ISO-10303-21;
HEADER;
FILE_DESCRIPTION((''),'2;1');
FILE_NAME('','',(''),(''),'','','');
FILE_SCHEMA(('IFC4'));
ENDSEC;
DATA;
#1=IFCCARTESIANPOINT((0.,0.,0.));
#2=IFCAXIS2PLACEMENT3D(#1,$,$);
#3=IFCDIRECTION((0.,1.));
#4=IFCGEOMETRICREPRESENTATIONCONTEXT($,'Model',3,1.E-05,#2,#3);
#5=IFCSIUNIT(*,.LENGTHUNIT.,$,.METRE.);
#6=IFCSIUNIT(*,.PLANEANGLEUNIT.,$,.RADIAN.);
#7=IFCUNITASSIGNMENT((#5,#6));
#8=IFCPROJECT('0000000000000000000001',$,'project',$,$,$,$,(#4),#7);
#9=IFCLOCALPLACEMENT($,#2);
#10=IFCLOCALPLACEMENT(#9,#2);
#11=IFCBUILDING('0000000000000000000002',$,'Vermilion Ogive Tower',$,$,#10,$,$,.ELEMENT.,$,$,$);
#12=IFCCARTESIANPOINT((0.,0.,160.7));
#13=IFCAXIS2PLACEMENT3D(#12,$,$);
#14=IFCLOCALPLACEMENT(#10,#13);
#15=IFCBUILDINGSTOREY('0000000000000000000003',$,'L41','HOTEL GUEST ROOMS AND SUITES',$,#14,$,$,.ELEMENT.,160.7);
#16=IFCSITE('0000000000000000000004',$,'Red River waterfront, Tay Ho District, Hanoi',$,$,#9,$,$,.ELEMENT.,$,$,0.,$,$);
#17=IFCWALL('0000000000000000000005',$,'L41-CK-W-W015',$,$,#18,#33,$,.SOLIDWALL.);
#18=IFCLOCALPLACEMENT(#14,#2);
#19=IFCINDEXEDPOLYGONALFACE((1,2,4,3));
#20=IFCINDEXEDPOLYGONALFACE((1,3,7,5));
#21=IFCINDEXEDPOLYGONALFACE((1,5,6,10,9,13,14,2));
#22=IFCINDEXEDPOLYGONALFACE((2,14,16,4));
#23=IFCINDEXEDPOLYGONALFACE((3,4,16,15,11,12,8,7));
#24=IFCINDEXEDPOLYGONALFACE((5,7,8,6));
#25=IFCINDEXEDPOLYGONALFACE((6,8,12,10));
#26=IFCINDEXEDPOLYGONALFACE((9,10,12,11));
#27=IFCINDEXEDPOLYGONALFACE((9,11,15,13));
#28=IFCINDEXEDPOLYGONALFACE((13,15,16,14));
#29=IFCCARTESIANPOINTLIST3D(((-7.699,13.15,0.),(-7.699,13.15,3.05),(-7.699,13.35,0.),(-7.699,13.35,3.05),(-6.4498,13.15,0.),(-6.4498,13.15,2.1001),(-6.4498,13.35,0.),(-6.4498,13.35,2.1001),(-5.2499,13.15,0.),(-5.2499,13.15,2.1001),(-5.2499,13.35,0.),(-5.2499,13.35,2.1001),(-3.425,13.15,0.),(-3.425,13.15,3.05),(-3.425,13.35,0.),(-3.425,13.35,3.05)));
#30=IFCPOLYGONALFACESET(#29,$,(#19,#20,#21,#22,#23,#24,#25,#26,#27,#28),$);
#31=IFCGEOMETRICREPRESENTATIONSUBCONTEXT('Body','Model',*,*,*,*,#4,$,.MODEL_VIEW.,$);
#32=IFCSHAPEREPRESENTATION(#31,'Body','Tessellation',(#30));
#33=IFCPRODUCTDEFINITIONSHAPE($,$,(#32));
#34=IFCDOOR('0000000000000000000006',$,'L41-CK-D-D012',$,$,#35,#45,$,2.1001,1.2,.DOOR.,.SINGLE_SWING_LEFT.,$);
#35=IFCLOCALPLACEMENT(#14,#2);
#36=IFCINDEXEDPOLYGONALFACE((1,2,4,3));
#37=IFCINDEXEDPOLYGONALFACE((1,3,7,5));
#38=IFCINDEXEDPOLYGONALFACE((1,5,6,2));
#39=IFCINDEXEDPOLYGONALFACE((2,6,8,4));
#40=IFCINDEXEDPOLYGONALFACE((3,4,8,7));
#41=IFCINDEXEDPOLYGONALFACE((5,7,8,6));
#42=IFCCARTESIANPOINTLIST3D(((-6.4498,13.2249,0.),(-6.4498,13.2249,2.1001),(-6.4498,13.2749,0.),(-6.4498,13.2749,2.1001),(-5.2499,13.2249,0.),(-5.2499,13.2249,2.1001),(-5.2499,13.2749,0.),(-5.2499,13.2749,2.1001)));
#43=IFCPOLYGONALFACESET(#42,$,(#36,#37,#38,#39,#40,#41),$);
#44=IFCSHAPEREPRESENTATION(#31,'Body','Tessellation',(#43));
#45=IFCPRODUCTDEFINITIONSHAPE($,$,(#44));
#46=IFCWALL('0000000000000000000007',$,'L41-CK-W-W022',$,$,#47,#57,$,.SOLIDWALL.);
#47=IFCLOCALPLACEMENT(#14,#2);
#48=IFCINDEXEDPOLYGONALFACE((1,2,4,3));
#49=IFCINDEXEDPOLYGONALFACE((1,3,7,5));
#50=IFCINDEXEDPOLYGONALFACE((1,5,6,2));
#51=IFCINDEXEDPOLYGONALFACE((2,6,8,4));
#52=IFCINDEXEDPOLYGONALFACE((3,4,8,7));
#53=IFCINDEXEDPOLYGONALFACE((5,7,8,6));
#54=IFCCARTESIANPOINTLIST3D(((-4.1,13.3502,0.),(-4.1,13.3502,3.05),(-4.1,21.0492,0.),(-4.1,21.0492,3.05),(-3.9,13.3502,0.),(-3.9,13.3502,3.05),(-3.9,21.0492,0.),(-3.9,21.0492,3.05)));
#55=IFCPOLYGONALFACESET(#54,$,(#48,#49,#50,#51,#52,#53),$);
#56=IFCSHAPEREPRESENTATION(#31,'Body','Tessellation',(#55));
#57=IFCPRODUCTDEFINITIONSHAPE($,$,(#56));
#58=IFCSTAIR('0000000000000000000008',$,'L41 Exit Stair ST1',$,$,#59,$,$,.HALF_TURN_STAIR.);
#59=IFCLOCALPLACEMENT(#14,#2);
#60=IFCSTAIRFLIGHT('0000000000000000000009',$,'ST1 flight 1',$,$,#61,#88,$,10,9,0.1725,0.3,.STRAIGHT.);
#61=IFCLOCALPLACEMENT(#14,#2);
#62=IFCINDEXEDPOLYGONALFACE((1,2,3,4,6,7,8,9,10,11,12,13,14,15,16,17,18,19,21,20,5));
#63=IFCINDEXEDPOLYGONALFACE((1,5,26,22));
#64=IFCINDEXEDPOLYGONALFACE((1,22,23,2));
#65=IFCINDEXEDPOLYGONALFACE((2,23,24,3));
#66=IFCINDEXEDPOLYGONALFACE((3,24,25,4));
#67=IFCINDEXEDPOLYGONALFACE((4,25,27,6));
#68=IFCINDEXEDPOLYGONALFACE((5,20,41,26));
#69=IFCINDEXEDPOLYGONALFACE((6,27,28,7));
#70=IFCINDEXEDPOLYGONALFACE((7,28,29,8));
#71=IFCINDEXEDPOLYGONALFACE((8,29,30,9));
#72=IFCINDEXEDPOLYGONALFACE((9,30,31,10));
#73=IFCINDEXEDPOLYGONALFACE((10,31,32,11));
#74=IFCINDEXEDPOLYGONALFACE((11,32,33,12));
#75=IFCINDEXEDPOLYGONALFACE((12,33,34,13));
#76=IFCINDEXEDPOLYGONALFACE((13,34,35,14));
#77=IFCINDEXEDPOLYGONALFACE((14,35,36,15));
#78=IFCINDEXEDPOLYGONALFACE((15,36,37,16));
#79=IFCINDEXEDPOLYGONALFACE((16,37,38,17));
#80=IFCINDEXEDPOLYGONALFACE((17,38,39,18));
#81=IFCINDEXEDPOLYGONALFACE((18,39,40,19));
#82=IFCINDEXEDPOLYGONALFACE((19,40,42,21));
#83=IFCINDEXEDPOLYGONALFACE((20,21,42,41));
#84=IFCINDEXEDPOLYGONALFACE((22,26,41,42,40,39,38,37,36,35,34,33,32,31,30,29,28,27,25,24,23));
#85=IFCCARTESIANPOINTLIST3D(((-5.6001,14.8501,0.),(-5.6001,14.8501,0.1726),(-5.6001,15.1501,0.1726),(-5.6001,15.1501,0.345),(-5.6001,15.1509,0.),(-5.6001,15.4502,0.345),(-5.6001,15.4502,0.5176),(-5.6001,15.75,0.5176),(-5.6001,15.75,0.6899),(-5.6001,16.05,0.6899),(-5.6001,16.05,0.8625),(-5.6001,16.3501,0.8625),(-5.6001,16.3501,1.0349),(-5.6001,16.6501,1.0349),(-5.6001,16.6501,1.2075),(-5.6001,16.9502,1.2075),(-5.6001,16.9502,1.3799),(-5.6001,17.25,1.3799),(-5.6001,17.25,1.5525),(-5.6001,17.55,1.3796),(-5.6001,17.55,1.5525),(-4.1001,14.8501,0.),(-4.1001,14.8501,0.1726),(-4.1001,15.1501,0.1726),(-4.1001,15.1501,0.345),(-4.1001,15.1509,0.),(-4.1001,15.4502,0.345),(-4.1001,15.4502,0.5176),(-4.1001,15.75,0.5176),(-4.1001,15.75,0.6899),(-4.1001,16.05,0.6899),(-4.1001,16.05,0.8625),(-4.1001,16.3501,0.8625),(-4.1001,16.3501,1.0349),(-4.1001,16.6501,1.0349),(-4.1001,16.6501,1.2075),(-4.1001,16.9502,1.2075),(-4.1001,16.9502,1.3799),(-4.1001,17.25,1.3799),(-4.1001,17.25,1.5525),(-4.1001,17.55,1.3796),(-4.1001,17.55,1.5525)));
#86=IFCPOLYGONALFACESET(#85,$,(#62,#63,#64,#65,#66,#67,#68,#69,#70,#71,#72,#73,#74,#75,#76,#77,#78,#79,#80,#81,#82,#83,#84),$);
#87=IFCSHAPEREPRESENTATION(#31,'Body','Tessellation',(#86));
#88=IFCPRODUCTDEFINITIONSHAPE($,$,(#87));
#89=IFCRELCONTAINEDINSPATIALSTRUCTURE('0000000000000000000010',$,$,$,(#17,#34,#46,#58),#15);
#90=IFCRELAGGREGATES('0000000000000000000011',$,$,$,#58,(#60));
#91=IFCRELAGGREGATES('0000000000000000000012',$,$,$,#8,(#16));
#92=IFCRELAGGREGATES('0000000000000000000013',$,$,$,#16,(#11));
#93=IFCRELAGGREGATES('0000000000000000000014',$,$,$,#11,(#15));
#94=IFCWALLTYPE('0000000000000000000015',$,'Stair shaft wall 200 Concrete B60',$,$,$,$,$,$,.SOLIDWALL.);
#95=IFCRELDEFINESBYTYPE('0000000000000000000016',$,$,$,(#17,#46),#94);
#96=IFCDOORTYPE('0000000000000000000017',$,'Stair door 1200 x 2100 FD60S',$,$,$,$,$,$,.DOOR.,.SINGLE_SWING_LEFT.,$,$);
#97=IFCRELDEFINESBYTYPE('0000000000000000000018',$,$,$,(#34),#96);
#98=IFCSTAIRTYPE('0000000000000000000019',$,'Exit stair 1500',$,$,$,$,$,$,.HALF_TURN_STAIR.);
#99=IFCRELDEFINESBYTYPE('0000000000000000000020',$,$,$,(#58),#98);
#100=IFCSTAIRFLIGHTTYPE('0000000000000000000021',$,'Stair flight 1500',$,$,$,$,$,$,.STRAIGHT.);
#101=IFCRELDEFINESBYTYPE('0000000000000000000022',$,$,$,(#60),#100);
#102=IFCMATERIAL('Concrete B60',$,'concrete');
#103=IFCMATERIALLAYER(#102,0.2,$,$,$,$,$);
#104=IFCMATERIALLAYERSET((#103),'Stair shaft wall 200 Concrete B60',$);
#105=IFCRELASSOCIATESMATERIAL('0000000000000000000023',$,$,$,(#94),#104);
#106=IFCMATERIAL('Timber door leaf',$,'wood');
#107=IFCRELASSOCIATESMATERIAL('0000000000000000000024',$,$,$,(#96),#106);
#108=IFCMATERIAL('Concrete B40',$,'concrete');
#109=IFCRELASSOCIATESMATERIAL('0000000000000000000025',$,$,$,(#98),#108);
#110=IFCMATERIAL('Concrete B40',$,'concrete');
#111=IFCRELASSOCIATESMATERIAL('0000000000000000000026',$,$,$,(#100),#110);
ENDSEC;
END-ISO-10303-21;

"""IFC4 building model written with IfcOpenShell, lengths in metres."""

from ifc_helpers import new_model, si_unit, direction, frame, frame_2d, origin, place, context, subcontext, project, spatial, polyline, rectangle, outline, extrude, material, layer, layer_set, type_object, element, fill, aggregate, save


model = new_model("IFC4")

# Units and contexts
model_context = context("Model", 3, precision=1e-05, world=origin(), true_north=direction((0.0, 1.0)))
body_context = subcontext(model_context, "Body", "Model", "MODEL_VIEW")
ifc_project = project(units=[si_unit("LENGTHUNIT", "METRE"), si_unit("PLANEANGLEUNIT", "RADIAN")], contexts=[model_context])

# Site, building, storey
site_placement = place(None, origin())
site = spatial("IfcSite", under=ifc_project, at=site_placement, Name="Red River waterfront, Tay Ho District, Hanoi", CompositionType="ELEMENT", RefElevation=0.0)
building_placement = place(site_placement, origin())
building = spatial("IfcBuilding", under=site, at=building_placement, Name="Vermilion Ogive Tower", CompositionType="ELEMENT")
storey_placement = place(building_placement, frame((0.0, 0.0, 160.7)))
storey = spatial("IfcBuildingStorey", under=building, at=storey_placement, Name="L41", Description="HOTEL GUEST ROOMS AND SUITES", CompositionType="ELEMENT", Elevation=160.7)

# Wall, opening, door
ifc_material_1 = material(Name="Concrete B60", Category="concrete")
ifc_layer_1 = layer(ifc_material_1, 0.2)
ifc_layer_set_1 = layer_set([ifc_layer_1], Name="Stair shaft wall 200 Concrete B60")
wall_type_1 = type_object("IfcWallType", Name="Stair shaft wall 200 Concrete B60", PredefinedType="SOLIDWALL", material=ifc_layer_set_1)
wall_1_placement = place(storey_placement, frame((-7.699, 13.25, 0.0), z_axis=(0.0, 0.0, 1.0), x_axis=(1.0, 0.0, 0.0)))
wall_1 = element("IfcWall", 1, at=wall_1_placement, inside=storey, type_object=wall_type_1, Name="L41-CK-W-W015", PredefinedType="SOLIDWALL", context=body_context, shape_type="SweptSolid", body=[
    extrude(rectangle(XDim=4.2739, YDim=0.2, at=frame_2d((2.137, 0.0))), origin(), (0.0, 0.0, 1.0), 3.05),
])
opening_1_placement = place(wall_1_placement, frame((1.249, 0.0, 0.0)))
opening_1 = element("IfcOpeningElement", 2, at=opening_1_placement, cuts=wall_1, PredefinedType="OPENING", context=body_context, shape_type="SweptSolid", body=[
    extrude(rectangle(XDim=1.2, YDim=2.1001, at=frame_2d((0.6001, 1.05))), frame((0.0, 0.1099, 0.0), z_axis=(0.0, -1.0, 0.0), x_axis=(1.0, 0.0, 0.0)), (0.0, 0.0, 1.0), 0.22),
])
ifc_material_2 = material(Name="Timber door leaf", Category="wood")
door_type_1 = type_object("IfcDoorType", Name="Stair door 1200 x 2100 FD60S", OperationType="SINGLE_SWING_LEFT", PredefinedType="DOOR", material=ifc_material_2)
door_1_placement = place(opening_1_placement, origin())
door_1 = element("IfcDoor", 3, at=door_1_placement, inside=storey, type_object=door_type_1, Name="L41-CK-D-D012", OperationType="SINGLE_SWING_LEFT", OverallHeight=2.1001, OverallWidth=1.2, PredefinedType="DOOR", context=body_context, shape_type="SweptSolid", body=[
    extrude(rectangle(XDim=1.2, YDim=2.1001, at=frame_2d((0.6001, 1.05))), frame((0.0, 0.0249, 0.0), z_axis=(0.0, -1.0, 0.0), x_axis=(1.0, 0.0, 0.0)), (0.0, 0.0, 1.0), 0.05),
])
fill(opening_1, door_1)

# Wall
wall_2_placement = place(storey_placement, frame((-4.0, 13.3501, 0.0), z_axis=(0.0, 0.0, 1.0), x_axis=(0.0, 1.0, 0.0)))
element("IfcWall", 4, at=wall_2_placement, inside=storey, type_object=wall_type_1, Name="L41-CK-W-W022", PredefinedType="SOLIDWALL", context=body_context, shape_type="SweptSolid", body=[
    extrude(rectangle(XDim=7.699, YDim=0.2, at=frame_2d((3.8496, 0.0))), origin(), (0.0, 0.0, 1.0), 3.05),
])

# Stair, stair flight
ifc_material_3 = material(Name="Concrete B40", Category="concrete")
stair_type = type_object("IfcStairType", Name="Exit stair 1500", PredefinedType="HALF_TURN_STAIR", material=ifc_material_3)
stair_placement = place(storey_placement, origin())
stair = element("IfcStair", 5, at=stair_placement, inside=storey, type_object=stair_type, Name="L41 Exit Stair ST1", PredefinedType="HALF_TURN_STAIR")
ifc_material_4 = material(Name="Concrete B40", Category="concrete")
stair_flight_type = type_object("IfcStairFlightType", Name="Stair flight 1500", PredefinedType="STRAIGHT", material=ifc_material_4)
stair_flight_placement = place(storey_placement, frame((-4.8501, 14.8501, 0.0), z_axis=(0.0, 0.0, 1.0), x_axis=(0.0, 1.0, 0.0)))
stair_flight = element("IfcStairFlight", 6, at=stair_flight_placement, type_object=stair_flight_type, Name="ST1 flight 1", NumberOfRisers=10, NumberOfTreads=9, PredefinedType="STRAIGHT", RiserHeight=0.1725, TreadLength=0.3, context=body_context, shape_type="SweptSolid", body=[
    extrude(outline(polyline([(0.0, 0.0), (0.0, 0.1726), (0.3, 0.1726), (0.3, 0.345), (0.6001, 0.345), (0.6001, 0.5176), (0.8999, 0.5176), (0.8999, 0.6899), (1.2, 0.6899), (1.2, 0.8625), (1.5, 0.8625), (1.5, 1.0349), (1.8, 1.0349), (1.8, 1.2075), (2.1001, 1.2075), (2.1001, 1.3799), (2.3999, 1.3799), (2.3999, 1.5525), (2.7, 1.5525), (2.7, 1.7251), (2.7, 1.3796), (0.3008, 0.0), (0.0, 0.0)])), frame((0.0, 0.75, 0.0), z_axis=(0.0, -1.0, 0.0), x_axis=(1.0, 0.0, 0.0)), (0.0, 0.0, 1.0), 1.5),
])
aggregate(stair, [stair_flight])

save(model, "model.ifc")
